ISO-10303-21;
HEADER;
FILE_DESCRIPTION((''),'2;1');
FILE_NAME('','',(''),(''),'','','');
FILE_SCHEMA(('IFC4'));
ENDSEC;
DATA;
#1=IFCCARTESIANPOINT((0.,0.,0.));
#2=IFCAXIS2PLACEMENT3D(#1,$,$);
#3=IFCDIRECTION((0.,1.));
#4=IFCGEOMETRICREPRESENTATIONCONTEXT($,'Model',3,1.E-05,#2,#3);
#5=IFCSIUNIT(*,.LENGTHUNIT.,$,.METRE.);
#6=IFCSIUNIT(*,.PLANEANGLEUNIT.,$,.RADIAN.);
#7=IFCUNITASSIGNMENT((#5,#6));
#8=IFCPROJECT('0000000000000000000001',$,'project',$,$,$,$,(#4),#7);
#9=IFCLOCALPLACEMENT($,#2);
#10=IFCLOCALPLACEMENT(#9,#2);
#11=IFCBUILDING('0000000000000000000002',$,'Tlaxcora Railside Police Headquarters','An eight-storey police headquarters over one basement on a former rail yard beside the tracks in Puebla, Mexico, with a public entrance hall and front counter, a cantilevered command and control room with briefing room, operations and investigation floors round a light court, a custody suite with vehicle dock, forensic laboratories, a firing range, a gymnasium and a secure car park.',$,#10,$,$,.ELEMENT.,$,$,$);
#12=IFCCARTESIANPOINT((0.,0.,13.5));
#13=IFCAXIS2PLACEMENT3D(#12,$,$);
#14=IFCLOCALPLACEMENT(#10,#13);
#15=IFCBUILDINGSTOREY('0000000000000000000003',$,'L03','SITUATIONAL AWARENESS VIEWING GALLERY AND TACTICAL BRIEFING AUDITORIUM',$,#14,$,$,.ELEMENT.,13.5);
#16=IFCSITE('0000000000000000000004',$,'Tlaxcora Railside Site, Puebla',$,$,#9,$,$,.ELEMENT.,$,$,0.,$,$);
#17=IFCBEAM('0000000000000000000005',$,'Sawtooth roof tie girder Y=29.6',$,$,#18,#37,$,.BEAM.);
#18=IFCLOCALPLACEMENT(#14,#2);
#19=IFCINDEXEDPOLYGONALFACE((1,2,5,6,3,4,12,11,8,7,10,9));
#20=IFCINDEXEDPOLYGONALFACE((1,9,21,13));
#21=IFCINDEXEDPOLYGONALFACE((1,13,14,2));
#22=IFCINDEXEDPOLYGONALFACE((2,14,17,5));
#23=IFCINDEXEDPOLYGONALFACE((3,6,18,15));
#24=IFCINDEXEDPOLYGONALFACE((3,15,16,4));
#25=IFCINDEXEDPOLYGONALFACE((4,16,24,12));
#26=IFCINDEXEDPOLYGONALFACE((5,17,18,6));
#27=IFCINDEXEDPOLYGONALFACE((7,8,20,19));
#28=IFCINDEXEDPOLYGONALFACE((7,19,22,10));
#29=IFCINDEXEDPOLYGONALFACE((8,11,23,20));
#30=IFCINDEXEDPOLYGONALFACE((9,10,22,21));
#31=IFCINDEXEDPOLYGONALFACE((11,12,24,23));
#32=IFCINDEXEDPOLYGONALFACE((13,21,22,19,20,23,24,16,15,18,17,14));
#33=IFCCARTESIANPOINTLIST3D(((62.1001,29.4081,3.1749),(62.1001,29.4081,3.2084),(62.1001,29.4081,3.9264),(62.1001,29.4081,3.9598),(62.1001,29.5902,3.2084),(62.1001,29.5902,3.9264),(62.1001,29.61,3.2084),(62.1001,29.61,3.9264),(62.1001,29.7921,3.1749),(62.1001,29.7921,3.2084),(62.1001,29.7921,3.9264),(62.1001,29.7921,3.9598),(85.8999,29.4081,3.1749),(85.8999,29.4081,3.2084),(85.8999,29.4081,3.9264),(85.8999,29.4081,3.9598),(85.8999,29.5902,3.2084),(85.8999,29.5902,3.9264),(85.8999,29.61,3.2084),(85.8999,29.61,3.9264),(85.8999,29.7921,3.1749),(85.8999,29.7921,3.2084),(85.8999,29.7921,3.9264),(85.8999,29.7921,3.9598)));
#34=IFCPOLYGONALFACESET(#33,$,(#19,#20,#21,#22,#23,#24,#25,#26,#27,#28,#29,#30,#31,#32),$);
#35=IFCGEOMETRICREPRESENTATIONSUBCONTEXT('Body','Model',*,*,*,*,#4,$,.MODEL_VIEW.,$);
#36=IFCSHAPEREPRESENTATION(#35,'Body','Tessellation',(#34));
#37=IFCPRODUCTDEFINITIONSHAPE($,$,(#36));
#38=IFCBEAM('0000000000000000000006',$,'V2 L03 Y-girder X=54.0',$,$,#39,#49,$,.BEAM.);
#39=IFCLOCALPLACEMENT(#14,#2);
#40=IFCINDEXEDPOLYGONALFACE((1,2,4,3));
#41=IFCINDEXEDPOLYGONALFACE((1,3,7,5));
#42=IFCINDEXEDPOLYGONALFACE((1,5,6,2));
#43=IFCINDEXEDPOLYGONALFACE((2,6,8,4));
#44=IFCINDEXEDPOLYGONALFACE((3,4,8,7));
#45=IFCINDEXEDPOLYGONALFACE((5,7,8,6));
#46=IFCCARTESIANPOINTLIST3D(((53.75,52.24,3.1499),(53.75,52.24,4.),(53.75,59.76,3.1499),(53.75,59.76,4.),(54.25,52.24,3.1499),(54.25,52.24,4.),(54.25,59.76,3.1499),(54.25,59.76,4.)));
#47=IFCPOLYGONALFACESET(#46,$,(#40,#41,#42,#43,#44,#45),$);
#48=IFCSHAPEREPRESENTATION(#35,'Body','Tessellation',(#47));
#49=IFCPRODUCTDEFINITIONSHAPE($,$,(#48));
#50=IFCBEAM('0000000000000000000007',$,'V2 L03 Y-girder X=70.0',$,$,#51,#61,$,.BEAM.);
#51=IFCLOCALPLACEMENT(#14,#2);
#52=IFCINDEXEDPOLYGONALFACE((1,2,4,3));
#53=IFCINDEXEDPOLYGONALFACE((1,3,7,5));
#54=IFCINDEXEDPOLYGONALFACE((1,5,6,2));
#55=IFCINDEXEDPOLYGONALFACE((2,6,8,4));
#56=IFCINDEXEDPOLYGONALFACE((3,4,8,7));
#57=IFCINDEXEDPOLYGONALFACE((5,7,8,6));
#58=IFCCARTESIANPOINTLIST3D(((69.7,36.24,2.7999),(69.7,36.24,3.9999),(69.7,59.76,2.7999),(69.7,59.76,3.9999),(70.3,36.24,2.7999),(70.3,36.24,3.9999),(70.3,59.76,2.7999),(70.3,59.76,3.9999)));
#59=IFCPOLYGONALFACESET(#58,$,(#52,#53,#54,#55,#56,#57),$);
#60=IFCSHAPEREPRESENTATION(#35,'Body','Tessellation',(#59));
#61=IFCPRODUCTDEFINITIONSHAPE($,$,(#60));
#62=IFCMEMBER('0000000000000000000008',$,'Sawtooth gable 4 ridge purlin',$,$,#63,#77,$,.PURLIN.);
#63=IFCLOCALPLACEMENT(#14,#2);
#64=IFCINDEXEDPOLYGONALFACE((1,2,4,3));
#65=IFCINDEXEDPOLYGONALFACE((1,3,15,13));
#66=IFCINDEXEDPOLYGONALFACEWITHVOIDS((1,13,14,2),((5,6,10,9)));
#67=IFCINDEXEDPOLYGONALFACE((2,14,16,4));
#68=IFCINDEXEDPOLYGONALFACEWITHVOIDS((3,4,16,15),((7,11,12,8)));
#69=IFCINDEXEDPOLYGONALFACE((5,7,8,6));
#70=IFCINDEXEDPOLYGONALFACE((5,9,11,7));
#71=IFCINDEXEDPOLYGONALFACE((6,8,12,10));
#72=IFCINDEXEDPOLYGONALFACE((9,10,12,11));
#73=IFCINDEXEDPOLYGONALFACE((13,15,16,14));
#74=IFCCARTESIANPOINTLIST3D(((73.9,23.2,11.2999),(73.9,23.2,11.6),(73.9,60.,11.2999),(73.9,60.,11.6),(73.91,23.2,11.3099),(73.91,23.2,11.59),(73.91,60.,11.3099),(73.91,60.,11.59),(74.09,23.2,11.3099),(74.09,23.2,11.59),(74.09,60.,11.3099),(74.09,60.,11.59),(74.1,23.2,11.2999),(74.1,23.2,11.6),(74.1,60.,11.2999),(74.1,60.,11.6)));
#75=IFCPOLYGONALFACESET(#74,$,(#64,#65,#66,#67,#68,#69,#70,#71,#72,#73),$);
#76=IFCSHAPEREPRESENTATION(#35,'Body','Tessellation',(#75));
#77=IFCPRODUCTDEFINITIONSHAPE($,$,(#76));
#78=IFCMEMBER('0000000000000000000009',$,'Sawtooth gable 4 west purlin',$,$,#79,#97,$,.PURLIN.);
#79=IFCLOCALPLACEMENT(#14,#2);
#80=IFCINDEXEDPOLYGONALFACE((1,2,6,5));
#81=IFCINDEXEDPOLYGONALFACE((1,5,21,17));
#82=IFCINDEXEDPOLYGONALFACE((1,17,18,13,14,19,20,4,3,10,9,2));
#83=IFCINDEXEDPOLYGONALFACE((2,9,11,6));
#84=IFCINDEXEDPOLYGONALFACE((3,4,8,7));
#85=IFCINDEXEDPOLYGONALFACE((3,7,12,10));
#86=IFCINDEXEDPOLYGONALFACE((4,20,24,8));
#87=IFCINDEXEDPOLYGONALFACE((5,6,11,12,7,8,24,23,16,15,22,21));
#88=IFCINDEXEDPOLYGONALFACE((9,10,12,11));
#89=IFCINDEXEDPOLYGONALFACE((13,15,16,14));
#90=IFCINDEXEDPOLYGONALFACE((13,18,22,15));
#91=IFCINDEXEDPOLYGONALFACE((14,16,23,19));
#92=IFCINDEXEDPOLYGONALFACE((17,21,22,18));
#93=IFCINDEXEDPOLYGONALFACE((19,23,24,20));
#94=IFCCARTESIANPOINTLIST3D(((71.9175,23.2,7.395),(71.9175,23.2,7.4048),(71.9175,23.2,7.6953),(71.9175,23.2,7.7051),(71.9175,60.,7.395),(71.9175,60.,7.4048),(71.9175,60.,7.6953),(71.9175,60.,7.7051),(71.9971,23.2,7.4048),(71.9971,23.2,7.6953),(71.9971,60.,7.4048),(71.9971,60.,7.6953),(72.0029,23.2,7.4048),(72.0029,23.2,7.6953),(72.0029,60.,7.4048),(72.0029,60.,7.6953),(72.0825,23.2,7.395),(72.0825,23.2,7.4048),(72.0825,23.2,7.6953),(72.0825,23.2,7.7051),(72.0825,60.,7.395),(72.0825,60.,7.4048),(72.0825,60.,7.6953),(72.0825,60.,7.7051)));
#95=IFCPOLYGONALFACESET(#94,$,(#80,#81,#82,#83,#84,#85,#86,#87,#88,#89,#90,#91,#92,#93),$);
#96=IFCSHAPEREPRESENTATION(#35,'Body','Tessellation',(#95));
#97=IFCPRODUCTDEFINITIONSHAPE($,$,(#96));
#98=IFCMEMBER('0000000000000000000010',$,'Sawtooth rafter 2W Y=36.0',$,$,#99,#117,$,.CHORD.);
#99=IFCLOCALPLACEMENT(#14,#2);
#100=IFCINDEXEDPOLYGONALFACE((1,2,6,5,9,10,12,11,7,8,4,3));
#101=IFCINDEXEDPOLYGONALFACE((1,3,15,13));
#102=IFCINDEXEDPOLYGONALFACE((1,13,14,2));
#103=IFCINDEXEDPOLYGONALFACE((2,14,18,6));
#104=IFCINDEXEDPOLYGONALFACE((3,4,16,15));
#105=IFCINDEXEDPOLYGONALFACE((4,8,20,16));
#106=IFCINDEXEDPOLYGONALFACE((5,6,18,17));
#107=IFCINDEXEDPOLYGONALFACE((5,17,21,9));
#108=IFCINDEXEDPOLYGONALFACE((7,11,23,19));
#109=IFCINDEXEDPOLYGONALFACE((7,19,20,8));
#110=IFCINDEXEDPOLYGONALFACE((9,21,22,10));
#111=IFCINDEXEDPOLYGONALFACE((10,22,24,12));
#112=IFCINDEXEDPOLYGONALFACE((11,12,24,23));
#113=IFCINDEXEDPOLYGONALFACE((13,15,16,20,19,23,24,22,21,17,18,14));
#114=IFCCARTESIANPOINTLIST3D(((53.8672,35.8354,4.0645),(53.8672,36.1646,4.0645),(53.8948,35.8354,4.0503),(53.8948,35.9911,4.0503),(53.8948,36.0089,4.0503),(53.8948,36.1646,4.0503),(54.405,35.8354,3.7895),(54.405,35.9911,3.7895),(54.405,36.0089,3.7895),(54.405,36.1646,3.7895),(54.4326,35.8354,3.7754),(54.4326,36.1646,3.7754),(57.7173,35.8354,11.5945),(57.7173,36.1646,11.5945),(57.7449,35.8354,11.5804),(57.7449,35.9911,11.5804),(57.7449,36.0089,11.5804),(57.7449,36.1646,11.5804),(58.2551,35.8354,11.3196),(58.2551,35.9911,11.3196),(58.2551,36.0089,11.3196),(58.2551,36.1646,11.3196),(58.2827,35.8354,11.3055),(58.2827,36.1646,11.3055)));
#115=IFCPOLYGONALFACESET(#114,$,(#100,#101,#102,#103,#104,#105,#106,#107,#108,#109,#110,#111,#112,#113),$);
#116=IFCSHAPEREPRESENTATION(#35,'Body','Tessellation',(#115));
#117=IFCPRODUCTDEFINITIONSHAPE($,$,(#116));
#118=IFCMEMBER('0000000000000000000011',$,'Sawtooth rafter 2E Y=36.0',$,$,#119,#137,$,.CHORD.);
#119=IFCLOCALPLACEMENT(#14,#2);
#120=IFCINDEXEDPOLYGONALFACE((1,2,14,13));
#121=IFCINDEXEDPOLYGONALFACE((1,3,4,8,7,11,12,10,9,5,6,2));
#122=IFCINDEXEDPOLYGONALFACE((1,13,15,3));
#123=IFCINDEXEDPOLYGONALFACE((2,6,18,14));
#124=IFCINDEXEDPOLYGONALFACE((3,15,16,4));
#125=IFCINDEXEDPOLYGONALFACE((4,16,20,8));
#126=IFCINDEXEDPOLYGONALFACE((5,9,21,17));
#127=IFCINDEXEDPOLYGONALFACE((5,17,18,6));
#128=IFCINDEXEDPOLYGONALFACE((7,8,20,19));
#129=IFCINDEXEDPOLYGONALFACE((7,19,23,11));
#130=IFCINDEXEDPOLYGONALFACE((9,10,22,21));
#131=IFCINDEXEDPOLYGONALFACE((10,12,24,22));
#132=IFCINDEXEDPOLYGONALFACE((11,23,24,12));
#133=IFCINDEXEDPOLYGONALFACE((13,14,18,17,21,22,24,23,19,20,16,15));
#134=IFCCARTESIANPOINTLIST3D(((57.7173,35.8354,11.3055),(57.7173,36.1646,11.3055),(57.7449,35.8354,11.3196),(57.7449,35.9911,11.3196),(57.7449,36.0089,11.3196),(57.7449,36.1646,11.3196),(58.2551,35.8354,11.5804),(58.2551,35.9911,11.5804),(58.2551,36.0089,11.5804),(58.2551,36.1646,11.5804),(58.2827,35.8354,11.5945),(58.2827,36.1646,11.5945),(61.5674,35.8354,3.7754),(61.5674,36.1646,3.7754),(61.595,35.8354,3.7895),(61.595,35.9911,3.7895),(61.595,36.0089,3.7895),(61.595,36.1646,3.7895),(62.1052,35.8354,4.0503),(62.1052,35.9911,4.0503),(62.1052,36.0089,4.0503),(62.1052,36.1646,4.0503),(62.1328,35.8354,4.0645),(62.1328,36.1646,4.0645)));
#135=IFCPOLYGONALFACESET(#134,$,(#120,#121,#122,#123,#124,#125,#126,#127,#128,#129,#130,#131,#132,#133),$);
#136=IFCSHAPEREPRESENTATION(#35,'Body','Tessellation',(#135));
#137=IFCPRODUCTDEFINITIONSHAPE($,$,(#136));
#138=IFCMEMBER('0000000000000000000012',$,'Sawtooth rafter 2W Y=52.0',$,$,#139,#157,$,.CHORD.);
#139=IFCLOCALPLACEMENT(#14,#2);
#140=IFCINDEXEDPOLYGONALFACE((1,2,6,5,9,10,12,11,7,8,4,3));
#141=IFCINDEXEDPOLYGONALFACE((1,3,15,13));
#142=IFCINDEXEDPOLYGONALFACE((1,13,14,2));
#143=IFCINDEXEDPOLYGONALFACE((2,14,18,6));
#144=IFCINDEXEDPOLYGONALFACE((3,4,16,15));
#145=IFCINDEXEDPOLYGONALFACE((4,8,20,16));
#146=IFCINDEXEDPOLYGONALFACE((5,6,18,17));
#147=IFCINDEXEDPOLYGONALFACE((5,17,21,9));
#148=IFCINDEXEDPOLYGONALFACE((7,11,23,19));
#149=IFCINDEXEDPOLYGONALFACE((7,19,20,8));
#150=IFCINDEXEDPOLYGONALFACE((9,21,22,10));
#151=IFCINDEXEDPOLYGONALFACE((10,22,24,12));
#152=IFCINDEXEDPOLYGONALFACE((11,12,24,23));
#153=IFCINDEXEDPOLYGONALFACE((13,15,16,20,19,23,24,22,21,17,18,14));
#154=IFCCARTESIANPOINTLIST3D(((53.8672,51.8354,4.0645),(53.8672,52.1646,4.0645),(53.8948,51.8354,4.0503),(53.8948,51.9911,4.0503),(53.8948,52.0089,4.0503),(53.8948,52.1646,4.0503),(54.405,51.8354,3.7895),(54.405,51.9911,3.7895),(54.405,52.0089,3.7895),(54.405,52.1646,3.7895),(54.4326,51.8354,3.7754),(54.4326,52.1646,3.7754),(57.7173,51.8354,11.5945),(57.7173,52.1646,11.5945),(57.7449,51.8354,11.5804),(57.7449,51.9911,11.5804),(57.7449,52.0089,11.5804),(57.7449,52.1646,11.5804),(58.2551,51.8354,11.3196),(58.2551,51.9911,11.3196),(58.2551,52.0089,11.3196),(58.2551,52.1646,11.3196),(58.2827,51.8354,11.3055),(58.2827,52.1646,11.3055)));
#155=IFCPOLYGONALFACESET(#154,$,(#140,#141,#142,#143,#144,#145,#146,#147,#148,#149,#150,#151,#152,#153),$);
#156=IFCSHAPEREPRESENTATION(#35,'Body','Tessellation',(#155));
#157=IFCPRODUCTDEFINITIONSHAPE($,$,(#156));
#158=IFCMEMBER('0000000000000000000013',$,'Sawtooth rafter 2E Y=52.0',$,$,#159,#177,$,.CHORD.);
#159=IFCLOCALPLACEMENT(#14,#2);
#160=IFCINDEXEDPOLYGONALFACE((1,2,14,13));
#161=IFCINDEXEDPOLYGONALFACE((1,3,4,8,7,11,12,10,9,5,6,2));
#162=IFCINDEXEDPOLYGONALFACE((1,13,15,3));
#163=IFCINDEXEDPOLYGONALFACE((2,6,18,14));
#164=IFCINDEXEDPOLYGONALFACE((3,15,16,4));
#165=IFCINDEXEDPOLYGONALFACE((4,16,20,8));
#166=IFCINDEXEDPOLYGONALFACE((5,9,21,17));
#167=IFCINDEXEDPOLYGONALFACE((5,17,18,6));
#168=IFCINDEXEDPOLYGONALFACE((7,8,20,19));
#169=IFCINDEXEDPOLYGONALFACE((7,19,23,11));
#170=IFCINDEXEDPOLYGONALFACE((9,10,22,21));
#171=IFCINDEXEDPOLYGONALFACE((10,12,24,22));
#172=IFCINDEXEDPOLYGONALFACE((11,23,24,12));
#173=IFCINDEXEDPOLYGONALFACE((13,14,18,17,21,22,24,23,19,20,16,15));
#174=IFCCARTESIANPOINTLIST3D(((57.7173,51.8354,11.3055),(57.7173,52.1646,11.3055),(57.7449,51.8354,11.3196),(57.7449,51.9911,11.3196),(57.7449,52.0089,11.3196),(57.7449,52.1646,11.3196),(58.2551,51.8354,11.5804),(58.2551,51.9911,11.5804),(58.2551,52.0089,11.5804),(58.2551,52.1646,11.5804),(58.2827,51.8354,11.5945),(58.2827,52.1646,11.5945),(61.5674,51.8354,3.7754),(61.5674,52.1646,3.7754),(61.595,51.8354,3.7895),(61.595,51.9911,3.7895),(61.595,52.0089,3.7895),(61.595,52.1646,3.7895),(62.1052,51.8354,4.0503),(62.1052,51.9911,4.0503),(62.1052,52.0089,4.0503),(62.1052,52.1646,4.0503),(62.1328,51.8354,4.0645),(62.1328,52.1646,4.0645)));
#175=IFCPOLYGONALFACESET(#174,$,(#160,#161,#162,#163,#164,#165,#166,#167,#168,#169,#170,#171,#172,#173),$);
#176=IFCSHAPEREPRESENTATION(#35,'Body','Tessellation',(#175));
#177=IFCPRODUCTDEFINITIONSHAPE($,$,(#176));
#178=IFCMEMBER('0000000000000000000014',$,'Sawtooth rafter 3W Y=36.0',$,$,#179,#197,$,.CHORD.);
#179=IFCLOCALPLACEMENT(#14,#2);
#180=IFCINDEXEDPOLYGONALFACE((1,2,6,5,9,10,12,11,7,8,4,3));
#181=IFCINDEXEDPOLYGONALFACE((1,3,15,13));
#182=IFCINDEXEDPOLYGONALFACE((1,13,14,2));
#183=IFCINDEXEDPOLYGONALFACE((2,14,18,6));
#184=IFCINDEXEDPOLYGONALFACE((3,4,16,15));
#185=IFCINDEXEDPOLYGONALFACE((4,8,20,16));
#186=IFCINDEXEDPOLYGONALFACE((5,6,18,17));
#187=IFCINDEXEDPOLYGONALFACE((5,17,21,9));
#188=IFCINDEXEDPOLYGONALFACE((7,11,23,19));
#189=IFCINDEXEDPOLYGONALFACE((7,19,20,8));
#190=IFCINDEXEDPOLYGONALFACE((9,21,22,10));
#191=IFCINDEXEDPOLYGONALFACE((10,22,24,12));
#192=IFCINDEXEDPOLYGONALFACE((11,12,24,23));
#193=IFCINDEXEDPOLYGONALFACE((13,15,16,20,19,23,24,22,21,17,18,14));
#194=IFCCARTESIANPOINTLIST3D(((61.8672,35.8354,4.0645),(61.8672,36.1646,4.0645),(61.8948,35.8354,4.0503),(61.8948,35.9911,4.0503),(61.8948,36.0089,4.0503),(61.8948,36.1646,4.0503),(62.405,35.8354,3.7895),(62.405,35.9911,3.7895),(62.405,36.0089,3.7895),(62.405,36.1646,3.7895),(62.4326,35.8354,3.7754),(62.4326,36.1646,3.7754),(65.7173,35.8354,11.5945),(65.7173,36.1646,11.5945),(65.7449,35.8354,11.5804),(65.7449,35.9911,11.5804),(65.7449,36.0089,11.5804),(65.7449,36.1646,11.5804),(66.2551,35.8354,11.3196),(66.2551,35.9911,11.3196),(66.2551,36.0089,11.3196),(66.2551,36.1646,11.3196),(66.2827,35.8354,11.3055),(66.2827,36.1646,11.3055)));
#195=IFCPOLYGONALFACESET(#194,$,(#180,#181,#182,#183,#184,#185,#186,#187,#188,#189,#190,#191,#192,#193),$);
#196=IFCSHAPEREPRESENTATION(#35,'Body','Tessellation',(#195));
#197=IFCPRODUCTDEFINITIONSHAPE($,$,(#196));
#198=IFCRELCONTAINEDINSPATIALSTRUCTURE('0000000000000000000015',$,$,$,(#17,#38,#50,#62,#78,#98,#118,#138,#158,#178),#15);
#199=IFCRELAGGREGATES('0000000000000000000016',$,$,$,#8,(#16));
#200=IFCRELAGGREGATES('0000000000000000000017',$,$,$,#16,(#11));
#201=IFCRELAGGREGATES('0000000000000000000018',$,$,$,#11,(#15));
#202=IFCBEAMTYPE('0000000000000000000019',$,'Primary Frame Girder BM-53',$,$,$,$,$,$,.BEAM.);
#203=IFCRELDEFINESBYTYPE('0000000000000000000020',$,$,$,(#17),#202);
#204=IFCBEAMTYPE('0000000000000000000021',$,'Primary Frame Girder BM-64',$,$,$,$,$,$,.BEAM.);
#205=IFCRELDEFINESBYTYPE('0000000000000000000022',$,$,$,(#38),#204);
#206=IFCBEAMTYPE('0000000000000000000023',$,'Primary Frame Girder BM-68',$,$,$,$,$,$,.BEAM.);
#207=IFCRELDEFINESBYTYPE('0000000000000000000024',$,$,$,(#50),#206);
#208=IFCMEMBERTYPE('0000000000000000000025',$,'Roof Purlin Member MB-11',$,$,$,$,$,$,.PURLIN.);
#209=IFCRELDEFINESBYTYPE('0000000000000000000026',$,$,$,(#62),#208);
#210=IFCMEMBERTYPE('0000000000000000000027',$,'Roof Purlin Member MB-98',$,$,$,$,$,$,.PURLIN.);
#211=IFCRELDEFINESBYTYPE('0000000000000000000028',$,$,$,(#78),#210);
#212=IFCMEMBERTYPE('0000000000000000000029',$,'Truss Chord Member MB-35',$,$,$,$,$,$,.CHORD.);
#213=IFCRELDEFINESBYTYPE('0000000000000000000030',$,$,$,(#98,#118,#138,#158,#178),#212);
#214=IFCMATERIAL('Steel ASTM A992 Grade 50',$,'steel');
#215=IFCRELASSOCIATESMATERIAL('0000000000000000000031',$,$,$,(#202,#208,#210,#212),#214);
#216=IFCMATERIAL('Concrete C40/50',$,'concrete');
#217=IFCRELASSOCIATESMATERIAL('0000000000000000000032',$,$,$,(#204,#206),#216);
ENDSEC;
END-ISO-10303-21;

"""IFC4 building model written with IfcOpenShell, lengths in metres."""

from ifc_helpers import new_model, si_unit, direction, frame, origin, origin_2d, place, context, subcontext, project, spatial, rectangle, hollow_rectangle, i_section, extrude, material, material_profile, profile_set, type_object, element, save


model = new_model("IFC4")

# Units and contexts
model_context = context("Model", 3, precision=1e-05, world=origin(), true_north=direction((0.0, 1.0)))
body_context = subcontext(model_context, "Body", "Model", "MODEL_VIEW")
ifc_project = project(units=[si_unit("LENGTHUNIT", "METRE"), si_unit("PLANEANGLEUNIT", "RADIAN")], contexts=[model_context])

# Site, building, storey
site_placement = place(None, origin())
site = spatial("IfcSite", under=ifc_project, at=site_placement, Name="Tlaxcora Railside Site, Puebla", CompositionType="ELEMENT", RefElevation=0.0)
building_placement = place(site_placement, origin())
building = spatial("IfcBuilding", under=site, at=building_placement, Name="Tlaxcora Railside Police Headquarters", Description="An eight-storey police headquarters over one basement on a former rail yard beside the tracks in Puebla, Mexico, with a public entrance hall and front counter, a cantilevered command and control room with briefing room, operations and investigation floors round a light court, a custody suite with vehicle dock, forensic laboratories, a firing range, a gymnasium and a secure car park.", CompositionType="ELEMENT")
storey_placement = place(building_placement, frame((0.0, 0.0, 13.5)))
storey = spatial("IfcBuildingStorey", under=building, at=storey_placement, Name="L03", Description="SITUATIONAL AWARENESS VIEWING GALLERY AND TACTICAL BRIEFING AUDITORIUM", CompositionType="ELEMENT", Elevation=13.5)

# Shared definitions
ifc_material_1 = material(Name="Concrete C40/50", Category="concrete")

# Shared definitions
ifc_material_2 = material(Name="Steel ASTM A992 Grade 50", Category="steel")

# Beams
ifc_material_profile_1 = material_profile(ifc_material_2, i_section(OverallWidth=0.384, OverallDepth=0.7849, WebThickness=0.0198, FlangeThickness=0.0334, at=origin_2d()), Name="W30X211")
ifc_profile_set_1 = profile_set([ifc_material_profile_1], Name="Steel ASTM A992 Grade 50")
beam_type_1 = type_object("IfcBeamType", Name="Primary Frame Girder BM-53", PredefinedType="BEAM", material=ifc_profile_set_1)
for number, where, z_axis, x_axis, name in (
    (1, (62.1001, 29.6001, 3.5674), (1.0, 0.0, 0.0), (0.0, 1.0, 0.0), "Sawtooth roof tie girder Y=29.6"),
):
    element("IfcBeam", number, at=place(storey_placement, frame(where, z_axis=z_axis, x_axis=x_axis)), inside=storey, type_object=beam_type_1, Name=name, PredefinedType="BEAM", context=body_context, shape_type="SweptSolid", body=[
        extrude(i_section(OverallWidth=0.384, OverallDepth=0.7849, WebThickness=0.0198, FlangeThickness=0.0334, at=origin_2d()), origin(), (0.0, 0.0, 1.0), 23.7998),
    ])
ifc_material_profile_2 = material_profile(ifc_material_1, rectangle(XDim=0.5, YDim=0.8501, at=origin_2d()), Name="RC500X850")
ifc_profile_set_2 = profile_set([ifc_material_profile_2], Name="Concrete C40/50")
beam_type_2 = type_object("IfcBeamType", Name="Primary Frame Girder BM-64", PredefinedType="BEAM", material=ifc_profile_set_2)
beam_1_placement = place(storey_placement, frame((54.0, 52.24, 3.575), z_axis=(0.0, 1.0, 0.0), x_axis=(-1.0, 0.0, 0.0)))
element("IfcBeam", 2, at=beam_1_placement, inside=storey, type_object=beam_type_2, Name="V2 L03 Y-girder X=54.0", PredefinedType="BEAM", context=body_context, shape_type="SweptSolid", body=[
    extrude(rectangle(XDim=0.5, YDim=0.8501, at=origin_2d()), origin(), (0.0, 0.0, 1.0), 7.52),
])
ifc_material_profile_3 = material_profile(ifc_material_1, rectangle(XDim=0.6001, YDim=1.2, at=origin_2d()), Name="RC600X1200")
ifc_profile_set_3 = profile_set([ifc_material_profile_3], Name="Concrete C40/50")
beam_type_3 = type_object("IfcBeamType", Name="Primary Frame Girder BM-68", PredefinedType="BEAM", material=ifc_profile_set_3)
beam_2_placement = place(storey_placement, frame((70.0, 36.24, 3.3999), z_axis=(0.0, 1.0, 0.0), x_axis=(-1.0, 0.0, 0.0)))
element("IfcBeam", 3, at=beam_2_placement, inside=storey, type_object=beam_type_3, Name="V2 L03 Y-girder X=70.0", PredefinedType="BEAM", context=body_context, shape_type="SweptSolid", body=[
    extrude(rectangle(XDim=0.6001, YDim=1.2, at=origin_2d()), origin(), (0.0, 0.0, 1.0), 23.52),
])

# Members
ifc_material_profile_4 = material_profile(ifc_material_2, hollow_rectangle(XDim=0.2, YDim=0.3, WallThickness=0.01, at=origin_2d()), Name="HSS300X200X10")
ifc_profile_set_4 = profile_set([ifc_material_profile_4], Name="Steel ASTM A992 Grade 50")
member_type_1 = type_object("IfcMemberType", Name="Roof Purlin Member MB-11", PredefinedType="PURLIN", material=ifc_profile_set_4)
member_1_placement = place(storey_placement, frame((74.0, 23.2, 11.45), z_axis=(0.0, 1.0, 0.0), x_axis=(-1.0, 0.0, 0.0)))
element("IfcMember", 4, at=member_1_placement, inside=storey, type_object=member_type_1, Name="Sawtooth gable 4 ridge purlin", PredefinedType="PURLIN", context=body_context, shape_type="SweptSolid", body=[
    extrude(hollow_rectangle(XDim=0.2, YDim=0.3, WallThickness=0.01, at=origin_2d()), origin(), (0.0, 0.0, 1.0), 36.8),
])
ifc_material_profile_5 = material_profile(ifc_material_2, i_section(OverallWidth=0.165, OverallDepth=0.3101, WebThickness=0.0059, FlangeThickness=0.0098, at=origin_2d()), Name="W12X26")
ifc_profile_set_5 = profile_set([ifc_material_profile_5], Name="Steel ASTM A992 Grade 50")
member_type_2 = type_object("IfcMemberType", Name="Roof Purlin Member MB-98", PredefinedType="PURLIN", material=ifc_profile_set_5)
member_2_placement = place(storey_placement, frame((72.0, 23.2, 7.55), z_axis=(0.0, 1.0, 0.0), x_axis=(-1.0, 0.0, 0.0)))
element("IfcMember", 5, at=member_2_placement, inside=storey, type_object=member_type_2, Name="Sawtooth gable 4 west purlin", PredefinedType="PURLIN", context=body_context, shape_type="SweptSolid", body=[
    extrude(i_section(OverallWidth=0.165, OverallDepth=0.3101, WebThickness=0.0059, FlangeThickness=0.0098, at=origin_2d()), origin(), (0.0, 0.0, 1.0), 36.8),
])
ifc_material_profile_6 = material_profile(ifc_material_2, i_section(OverallWidth=0.3291, OverallDepth=0.635, WebThickness=0.0178, FlangeThickness=0.031, at=origin_2d()), Name="W24X162")
ifc_profile_set_6 = profile_set([ifc_material_profile_6], Name="Steel ASTM A992 Grade 50")
member_type_3 = type_object("IfcMemberType", Name="Truss Chord Member MB-35", PredefinedType="CHORD", material=ifc_profile_set_6)
for number, where, z_axis, x_axis, name in (
    (6, (54.1499, 36.0, 3.9199), (0.455244, 0.0, 0.890367), (0.0, 1.0, 0.0), "Sawtooth rafter 2W Y=36.0"),
    (7, (61.8501, 36.0, 3.9199), (-0.455244, 0.0, 0.890367), (0.0, -1.0, 0.0), "Sawtooth rafter 2E Y=36.0"),
    (8, (54.1499, 52.0, 3.9199), (0.455244, 0.0, 0.890367), (0.0, 1.0, 0.0), "Sawtooth rafter 2W Y=52.0"),
    (9, (61.8501, 52.0, 3.9199), (-0.455244, 0.0, 0.890367), (0.0, -1.0, 0.0), "Sawtooth rafter 2E Y=52.0"),
    (10, (62.1499, 36.0, 3.9199), (0.455244, 0.0, 0.890367), (0.0, 1.0, 0.0), "Sawtooth rafter 3W Y=36.0"),
):
    element("IfcMember", number, at=place(storey_placement, frame(where, z_axis=z_axis, x_axis=x_axis)), inside=storey, type_object=member_type_3, Name=name, PredefinedType="CHORD", context=body_context, shape_type="SweptSolid", body=[
        extrude(i_section(OverallWidth=0.3291, OverallDepth=0.635, WebThickness=0.0178, FlangeThickness=0.031, at=origin_2d()), origin(), (0.0, 0.0, 1.0), 8.4573),
    ])

save(model, "model.ifc")
